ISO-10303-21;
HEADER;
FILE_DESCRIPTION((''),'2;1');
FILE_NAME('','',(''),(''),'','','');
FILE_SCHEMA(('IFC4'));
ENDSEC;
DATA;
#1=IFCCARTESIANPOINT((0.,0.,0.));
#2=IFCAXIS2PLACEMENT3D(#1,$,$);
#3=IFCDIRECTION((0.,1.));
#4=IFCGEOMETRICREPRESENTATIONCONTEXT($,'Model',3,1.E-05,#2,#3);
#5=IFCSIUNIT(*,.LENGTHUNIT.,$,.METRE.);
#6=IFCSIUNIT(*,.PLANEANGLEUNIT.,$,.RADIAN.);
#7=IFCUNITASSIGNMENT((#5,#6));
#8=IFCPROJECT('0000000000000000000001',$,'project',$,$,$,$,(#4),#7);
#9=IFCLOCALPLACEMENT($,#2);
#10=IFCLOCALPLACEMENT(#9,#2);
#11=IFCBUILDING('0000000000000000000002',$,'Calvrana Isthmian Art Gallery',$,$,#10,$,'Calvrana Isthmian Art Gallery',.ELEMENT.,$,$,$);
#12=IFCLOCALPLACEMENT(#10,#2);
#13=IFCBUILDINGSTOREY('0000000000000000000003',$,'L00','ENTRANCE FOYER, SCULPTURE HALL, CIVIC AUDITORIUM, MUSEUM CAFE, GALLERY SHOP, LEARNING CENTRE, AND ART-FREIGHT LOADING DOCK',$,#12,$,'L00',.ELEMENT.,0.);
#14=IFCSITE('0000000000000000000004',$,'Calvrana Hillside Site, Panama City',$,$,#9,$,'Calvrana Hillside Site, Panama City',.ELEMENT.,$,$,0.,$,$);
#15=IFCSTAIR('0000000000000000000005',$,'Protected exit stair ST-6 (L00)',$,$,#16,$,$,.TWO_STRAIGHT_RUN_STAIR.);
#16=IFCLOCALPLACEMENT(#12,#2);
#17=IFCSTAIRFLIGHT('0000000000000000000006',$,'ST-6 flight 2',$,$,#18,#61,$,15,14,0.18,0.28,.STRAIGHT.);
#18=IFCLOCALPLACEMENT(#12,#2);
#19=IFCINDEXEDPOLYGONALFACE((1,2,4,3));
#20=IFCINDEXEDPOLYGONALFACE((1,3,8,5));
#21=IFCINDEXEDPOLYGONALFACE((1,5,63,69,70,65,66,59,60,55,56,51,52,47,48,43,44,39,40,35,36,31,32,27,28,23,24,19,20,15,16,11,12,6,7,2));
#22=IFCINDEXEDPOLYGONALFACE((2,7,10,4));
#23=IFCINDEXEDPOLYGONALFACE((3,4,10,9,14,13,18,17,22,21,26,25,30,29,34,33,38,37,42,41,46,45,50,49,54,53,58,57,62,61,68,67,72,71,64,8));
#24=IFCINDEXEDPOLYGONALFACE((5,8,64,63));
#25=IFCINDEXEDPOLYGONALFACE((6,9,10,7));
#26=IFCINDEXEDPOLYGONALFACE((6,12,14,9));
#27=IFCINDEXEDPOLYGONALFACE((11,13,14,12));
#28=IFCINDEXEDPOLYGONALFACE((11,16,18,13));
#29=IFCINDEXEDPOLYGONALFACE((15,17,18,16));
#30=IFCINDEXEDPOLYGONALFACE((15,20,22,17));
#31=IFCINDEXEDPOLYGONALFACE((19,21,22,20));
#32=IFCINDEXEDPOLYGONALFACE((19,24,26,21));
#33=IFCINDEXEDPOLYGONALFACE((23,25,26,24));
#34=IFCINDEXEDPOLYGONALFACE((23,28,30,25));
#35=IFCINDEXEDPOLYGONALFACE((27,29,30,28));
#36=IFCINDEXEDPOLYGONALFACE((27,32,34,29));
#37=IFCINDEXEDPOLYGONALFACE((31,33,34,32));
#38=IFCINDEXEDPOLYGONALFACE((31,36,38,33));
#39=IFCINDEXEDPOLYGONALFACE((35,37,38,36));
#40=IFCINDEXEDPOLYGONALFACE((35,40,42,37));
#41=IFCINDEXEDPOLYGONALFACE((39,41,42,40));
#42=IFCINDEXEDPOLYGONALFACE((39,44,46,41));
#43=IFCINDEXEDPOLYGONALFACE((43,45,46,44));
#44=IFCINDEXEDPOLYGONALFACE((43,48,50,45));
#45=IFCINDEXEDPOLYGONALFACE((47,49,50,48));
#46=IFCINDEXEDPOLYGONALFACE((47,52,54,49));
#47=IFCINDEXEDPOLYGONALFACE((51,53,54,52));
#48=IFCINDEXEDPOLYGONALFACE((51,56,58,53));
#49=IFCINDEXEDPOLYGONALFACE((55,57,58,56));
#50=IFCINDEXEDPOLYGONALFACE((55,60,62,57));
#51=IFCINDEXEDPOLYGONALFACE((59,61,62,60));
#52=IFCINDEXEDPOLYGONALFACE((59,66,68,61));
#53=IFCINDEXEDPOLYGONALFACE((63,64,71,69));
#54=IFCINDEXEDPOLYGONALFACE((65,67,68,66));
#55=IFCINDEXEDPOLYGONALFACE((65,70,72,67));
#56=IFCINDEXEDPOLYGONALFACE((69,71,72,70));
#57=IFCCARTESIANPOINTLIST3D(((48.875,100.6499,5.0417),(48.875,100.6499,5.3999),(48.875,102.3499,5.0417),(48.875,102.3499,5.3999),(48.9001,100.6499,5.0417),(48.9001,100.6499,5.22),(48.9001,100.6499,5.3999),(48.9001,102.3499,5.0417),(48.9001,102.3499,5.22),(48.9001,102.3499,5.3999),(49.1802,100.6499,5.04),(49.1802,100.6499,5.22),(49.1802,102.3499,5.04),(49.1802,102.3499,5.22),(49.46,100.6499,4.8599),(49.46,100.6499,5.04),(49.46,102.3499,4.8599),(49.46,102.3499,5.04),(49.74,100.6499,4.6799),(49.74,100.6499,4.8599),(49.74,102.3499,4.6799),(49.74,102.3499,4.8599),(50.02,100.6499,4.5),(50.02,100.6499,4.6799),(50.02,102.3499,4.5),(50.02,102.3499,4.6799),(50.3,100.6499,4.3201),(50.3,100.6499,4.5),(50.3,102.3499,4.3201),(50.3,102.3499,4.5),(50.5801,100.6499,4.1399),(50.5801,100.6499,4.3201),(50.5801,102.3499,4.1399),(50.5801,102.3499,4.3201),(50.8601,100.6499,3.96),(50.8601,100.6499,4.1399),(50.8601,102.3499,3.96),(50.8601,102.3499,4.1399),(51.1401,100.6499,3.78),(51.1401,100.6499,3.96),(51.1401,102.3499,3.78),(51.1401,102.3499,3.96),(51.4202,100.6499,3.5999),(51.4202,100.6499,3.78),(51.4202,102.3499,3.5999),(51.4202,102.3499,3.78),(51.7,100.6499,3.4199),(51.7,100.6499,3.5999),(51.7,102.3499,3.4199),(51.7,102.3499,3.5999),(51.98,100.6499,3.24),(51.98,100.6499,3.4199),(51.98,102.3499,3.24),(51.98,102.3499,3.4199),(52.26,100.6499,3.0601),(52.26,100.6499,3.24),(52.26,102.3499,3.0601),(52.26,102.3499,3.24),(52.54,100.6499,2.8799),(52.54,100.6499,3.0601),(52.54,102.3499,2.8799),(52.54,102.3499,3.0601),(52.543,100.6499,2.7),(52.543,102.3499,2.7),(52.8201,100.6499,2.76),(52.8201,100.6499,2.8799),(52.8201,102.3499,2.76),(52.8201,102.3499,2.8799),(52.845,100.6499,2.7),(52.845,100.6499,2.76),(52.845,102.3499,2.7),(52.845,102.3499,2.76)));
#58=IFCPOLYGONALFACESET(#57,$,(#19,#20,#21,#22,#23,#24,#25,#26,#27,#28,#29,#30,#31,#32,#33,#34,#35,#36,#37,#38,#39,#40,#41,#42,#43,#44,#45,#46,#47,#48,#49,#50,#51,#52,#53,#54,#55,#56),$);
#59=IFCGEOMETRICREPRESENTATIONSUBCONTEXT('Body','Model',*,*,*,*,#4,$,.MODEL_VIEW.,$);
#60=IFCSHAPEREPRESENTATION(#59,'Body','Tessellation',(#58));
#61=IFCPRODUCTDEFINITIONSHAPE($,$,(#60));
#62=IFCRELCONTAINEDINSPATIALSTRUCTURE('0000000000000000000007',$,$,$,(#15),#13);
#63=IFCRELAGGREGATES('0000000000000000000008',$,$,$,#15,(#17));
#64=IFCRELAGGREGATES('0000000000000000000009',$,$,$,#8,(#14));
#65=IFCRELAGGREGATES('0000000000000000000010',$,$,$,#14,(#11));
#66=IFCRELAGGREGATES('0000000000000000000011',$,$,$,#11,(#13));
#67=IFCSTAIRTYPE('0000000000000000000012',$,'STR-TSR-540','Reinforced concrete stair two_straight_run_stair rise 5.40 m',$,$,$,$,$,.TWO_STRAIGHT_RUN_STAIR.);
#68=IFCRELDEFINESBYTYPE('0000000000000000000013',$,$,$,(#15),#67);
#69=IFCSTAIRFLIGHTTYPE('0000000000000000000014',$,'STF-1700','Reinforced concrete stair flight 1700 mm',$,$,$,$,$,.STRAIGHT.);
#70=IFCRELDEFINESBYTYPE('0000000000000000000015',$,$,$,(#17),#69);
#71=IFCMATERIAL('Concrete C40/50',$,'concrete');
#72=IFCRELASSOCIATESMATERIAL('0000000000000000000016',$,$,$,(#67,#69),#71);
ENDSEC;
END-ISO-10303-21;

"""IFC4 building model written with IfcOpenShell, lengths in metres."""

from ifc_helpers import new_model, si_unit, direction, frame, origin, place, context, subcontext, project, spatial, polyline, outline, extrude, material, type_object, element, aggregate, save


model = new_model("IFC4")

# Units and contexts
model_context = context("Model", 3, precision=1e-05, world=origin(), true_north=direction((0.0, 1.0)))
body_context = subcontext(model_context, "Body", "Model", "MODEL_VIEW")
ifc_project = project(units=[si_unit("LENGTHUNIT", "METRE"), si_unit("PLANEANGLEUNIT", "RADIAN")], contexts=[model_context])

# Site, building, storey
site_placement = place(None, origin())
site = spatial("IfcSite", under=ifc_project, at=site_placement, Name="Calvrana Hillside Site, Panama City", LongName="Calvrana Hillside Site, Panama City", CompositionType="ELEMENT", RefElevation=0.0)
building_placement = place(site_placement, origin())
building = spatial("IfcBuilding", under=site, at=building_placement, Name="Calvrana Isthmian Art Gallery", LongName="Calvrana Isthmian Art Gallery", CompositionType="ELEMENT")
storey_placement = place(building_placement, origin())
storey = spatial("IfcBuildingStorey", under=building, at=storey_placement, Name="L00", Description="ENTRANCE FOYER, SCULPTURE HALL, CIVIC AUDITORIUM, MUSEUM CAFE, GALLERY SHOP, LEARNING CENTRE, AND ART-FREIGHT LOADING DOCK", LongName="L00", CompositionType="ELEMENT", Elevation=0.0)

# Shared definitions
ifc_material_1 = material(Name="Concrete C40/50", Category="concrete")

# Stair, stair flight
stair_type = type_object("IfcStairType", Name="STR-TSR-540", Description="Reinforced concrete stair two_straight_run_stair rise 5.40 m", PredefinedType="TWO_STRAIGHT_RUN_STAIR", material=ifc_material_1)
stair_placement = place(storey_placement, origin())
stair = element("IfcStair", 1, at=stair_placement, inside=storey, type_object=stair_type, Name="Protected exit stair ST-6 (L00)", PredefinedType="TWO_STRAIGHT_RUN_STAIR")
stair_flight_type = type_object("IfcStairFlightType", Name="STF-1700", Description="Reinforced concrete stair flight 1700 mm", PredefinedType="STRAIGHT", material=ifc_material_1)
stair_flight_placement = place(storey_placement, frame((52.8201, 101.5, 2.7), z_axis=(0.0, 0.0, 1.0), x_axis=(-1.0, 0.0, 0.0)))
stair_flight = element("IfcStairFlight", 2, at=stair_flight_placement, type_object=stair_flight_type, Name="ST-6 flight 2", NumberOfRisers=15, NumberOfTreads=14, PredefinedType="STRAIGHT", RiserHeight=0.18, TreadLength=0.28, context=body_context, shape_type="SweptSolid", body=[
    extrude(outline(polyline([(-0.0249, 0.0), (-0.0249, 0.0601), (0.0, 0.0601), (0.0, 0.1799), (0.28, 0.1799), (0.28, 0.3601), (0.5601, 0.3601), (0.5601, 0.54), (0.8401, 0.54), (0.8401, 0.72), (1.1201, 0.72), (1.1201, 0.8999), (1.3999, 0.8999), (1.3999, 1.0801), (1.6799, 1.0801), (1.6799, 1.26), (1.96, 1.26), (1.96, 1.4399), (2.24, 1.4399), (2.24, 1.6201), (2.52, 1.6201), (2.52, 1.8), (2.8, 1.8), (2.8, 1.98), (3.0801, 1.98), (3.0801, 2.1599), (3.3601, 2.1599), (3.3601, 2.3401), (3.6399, 2.3401), (3.6399, 2.52), (3.9199, 2.52), (3.9199, 2.7), (3.9451, 2.7), (3.9451, 2.3418), (3.9199, 2.3418), (0.2771, 0.0), (-0.0249, 0.0)])), frame((0.0, 0.8501, 0.0), z_axis=(0.0, -1.0, 0.0), x_axis=(1.0, 0.0, 0.0)), (0.0, 0.0, 1.0), 1.7),
])
aggregate(stair, [stair_flight])

save(model, "model.ifc")
